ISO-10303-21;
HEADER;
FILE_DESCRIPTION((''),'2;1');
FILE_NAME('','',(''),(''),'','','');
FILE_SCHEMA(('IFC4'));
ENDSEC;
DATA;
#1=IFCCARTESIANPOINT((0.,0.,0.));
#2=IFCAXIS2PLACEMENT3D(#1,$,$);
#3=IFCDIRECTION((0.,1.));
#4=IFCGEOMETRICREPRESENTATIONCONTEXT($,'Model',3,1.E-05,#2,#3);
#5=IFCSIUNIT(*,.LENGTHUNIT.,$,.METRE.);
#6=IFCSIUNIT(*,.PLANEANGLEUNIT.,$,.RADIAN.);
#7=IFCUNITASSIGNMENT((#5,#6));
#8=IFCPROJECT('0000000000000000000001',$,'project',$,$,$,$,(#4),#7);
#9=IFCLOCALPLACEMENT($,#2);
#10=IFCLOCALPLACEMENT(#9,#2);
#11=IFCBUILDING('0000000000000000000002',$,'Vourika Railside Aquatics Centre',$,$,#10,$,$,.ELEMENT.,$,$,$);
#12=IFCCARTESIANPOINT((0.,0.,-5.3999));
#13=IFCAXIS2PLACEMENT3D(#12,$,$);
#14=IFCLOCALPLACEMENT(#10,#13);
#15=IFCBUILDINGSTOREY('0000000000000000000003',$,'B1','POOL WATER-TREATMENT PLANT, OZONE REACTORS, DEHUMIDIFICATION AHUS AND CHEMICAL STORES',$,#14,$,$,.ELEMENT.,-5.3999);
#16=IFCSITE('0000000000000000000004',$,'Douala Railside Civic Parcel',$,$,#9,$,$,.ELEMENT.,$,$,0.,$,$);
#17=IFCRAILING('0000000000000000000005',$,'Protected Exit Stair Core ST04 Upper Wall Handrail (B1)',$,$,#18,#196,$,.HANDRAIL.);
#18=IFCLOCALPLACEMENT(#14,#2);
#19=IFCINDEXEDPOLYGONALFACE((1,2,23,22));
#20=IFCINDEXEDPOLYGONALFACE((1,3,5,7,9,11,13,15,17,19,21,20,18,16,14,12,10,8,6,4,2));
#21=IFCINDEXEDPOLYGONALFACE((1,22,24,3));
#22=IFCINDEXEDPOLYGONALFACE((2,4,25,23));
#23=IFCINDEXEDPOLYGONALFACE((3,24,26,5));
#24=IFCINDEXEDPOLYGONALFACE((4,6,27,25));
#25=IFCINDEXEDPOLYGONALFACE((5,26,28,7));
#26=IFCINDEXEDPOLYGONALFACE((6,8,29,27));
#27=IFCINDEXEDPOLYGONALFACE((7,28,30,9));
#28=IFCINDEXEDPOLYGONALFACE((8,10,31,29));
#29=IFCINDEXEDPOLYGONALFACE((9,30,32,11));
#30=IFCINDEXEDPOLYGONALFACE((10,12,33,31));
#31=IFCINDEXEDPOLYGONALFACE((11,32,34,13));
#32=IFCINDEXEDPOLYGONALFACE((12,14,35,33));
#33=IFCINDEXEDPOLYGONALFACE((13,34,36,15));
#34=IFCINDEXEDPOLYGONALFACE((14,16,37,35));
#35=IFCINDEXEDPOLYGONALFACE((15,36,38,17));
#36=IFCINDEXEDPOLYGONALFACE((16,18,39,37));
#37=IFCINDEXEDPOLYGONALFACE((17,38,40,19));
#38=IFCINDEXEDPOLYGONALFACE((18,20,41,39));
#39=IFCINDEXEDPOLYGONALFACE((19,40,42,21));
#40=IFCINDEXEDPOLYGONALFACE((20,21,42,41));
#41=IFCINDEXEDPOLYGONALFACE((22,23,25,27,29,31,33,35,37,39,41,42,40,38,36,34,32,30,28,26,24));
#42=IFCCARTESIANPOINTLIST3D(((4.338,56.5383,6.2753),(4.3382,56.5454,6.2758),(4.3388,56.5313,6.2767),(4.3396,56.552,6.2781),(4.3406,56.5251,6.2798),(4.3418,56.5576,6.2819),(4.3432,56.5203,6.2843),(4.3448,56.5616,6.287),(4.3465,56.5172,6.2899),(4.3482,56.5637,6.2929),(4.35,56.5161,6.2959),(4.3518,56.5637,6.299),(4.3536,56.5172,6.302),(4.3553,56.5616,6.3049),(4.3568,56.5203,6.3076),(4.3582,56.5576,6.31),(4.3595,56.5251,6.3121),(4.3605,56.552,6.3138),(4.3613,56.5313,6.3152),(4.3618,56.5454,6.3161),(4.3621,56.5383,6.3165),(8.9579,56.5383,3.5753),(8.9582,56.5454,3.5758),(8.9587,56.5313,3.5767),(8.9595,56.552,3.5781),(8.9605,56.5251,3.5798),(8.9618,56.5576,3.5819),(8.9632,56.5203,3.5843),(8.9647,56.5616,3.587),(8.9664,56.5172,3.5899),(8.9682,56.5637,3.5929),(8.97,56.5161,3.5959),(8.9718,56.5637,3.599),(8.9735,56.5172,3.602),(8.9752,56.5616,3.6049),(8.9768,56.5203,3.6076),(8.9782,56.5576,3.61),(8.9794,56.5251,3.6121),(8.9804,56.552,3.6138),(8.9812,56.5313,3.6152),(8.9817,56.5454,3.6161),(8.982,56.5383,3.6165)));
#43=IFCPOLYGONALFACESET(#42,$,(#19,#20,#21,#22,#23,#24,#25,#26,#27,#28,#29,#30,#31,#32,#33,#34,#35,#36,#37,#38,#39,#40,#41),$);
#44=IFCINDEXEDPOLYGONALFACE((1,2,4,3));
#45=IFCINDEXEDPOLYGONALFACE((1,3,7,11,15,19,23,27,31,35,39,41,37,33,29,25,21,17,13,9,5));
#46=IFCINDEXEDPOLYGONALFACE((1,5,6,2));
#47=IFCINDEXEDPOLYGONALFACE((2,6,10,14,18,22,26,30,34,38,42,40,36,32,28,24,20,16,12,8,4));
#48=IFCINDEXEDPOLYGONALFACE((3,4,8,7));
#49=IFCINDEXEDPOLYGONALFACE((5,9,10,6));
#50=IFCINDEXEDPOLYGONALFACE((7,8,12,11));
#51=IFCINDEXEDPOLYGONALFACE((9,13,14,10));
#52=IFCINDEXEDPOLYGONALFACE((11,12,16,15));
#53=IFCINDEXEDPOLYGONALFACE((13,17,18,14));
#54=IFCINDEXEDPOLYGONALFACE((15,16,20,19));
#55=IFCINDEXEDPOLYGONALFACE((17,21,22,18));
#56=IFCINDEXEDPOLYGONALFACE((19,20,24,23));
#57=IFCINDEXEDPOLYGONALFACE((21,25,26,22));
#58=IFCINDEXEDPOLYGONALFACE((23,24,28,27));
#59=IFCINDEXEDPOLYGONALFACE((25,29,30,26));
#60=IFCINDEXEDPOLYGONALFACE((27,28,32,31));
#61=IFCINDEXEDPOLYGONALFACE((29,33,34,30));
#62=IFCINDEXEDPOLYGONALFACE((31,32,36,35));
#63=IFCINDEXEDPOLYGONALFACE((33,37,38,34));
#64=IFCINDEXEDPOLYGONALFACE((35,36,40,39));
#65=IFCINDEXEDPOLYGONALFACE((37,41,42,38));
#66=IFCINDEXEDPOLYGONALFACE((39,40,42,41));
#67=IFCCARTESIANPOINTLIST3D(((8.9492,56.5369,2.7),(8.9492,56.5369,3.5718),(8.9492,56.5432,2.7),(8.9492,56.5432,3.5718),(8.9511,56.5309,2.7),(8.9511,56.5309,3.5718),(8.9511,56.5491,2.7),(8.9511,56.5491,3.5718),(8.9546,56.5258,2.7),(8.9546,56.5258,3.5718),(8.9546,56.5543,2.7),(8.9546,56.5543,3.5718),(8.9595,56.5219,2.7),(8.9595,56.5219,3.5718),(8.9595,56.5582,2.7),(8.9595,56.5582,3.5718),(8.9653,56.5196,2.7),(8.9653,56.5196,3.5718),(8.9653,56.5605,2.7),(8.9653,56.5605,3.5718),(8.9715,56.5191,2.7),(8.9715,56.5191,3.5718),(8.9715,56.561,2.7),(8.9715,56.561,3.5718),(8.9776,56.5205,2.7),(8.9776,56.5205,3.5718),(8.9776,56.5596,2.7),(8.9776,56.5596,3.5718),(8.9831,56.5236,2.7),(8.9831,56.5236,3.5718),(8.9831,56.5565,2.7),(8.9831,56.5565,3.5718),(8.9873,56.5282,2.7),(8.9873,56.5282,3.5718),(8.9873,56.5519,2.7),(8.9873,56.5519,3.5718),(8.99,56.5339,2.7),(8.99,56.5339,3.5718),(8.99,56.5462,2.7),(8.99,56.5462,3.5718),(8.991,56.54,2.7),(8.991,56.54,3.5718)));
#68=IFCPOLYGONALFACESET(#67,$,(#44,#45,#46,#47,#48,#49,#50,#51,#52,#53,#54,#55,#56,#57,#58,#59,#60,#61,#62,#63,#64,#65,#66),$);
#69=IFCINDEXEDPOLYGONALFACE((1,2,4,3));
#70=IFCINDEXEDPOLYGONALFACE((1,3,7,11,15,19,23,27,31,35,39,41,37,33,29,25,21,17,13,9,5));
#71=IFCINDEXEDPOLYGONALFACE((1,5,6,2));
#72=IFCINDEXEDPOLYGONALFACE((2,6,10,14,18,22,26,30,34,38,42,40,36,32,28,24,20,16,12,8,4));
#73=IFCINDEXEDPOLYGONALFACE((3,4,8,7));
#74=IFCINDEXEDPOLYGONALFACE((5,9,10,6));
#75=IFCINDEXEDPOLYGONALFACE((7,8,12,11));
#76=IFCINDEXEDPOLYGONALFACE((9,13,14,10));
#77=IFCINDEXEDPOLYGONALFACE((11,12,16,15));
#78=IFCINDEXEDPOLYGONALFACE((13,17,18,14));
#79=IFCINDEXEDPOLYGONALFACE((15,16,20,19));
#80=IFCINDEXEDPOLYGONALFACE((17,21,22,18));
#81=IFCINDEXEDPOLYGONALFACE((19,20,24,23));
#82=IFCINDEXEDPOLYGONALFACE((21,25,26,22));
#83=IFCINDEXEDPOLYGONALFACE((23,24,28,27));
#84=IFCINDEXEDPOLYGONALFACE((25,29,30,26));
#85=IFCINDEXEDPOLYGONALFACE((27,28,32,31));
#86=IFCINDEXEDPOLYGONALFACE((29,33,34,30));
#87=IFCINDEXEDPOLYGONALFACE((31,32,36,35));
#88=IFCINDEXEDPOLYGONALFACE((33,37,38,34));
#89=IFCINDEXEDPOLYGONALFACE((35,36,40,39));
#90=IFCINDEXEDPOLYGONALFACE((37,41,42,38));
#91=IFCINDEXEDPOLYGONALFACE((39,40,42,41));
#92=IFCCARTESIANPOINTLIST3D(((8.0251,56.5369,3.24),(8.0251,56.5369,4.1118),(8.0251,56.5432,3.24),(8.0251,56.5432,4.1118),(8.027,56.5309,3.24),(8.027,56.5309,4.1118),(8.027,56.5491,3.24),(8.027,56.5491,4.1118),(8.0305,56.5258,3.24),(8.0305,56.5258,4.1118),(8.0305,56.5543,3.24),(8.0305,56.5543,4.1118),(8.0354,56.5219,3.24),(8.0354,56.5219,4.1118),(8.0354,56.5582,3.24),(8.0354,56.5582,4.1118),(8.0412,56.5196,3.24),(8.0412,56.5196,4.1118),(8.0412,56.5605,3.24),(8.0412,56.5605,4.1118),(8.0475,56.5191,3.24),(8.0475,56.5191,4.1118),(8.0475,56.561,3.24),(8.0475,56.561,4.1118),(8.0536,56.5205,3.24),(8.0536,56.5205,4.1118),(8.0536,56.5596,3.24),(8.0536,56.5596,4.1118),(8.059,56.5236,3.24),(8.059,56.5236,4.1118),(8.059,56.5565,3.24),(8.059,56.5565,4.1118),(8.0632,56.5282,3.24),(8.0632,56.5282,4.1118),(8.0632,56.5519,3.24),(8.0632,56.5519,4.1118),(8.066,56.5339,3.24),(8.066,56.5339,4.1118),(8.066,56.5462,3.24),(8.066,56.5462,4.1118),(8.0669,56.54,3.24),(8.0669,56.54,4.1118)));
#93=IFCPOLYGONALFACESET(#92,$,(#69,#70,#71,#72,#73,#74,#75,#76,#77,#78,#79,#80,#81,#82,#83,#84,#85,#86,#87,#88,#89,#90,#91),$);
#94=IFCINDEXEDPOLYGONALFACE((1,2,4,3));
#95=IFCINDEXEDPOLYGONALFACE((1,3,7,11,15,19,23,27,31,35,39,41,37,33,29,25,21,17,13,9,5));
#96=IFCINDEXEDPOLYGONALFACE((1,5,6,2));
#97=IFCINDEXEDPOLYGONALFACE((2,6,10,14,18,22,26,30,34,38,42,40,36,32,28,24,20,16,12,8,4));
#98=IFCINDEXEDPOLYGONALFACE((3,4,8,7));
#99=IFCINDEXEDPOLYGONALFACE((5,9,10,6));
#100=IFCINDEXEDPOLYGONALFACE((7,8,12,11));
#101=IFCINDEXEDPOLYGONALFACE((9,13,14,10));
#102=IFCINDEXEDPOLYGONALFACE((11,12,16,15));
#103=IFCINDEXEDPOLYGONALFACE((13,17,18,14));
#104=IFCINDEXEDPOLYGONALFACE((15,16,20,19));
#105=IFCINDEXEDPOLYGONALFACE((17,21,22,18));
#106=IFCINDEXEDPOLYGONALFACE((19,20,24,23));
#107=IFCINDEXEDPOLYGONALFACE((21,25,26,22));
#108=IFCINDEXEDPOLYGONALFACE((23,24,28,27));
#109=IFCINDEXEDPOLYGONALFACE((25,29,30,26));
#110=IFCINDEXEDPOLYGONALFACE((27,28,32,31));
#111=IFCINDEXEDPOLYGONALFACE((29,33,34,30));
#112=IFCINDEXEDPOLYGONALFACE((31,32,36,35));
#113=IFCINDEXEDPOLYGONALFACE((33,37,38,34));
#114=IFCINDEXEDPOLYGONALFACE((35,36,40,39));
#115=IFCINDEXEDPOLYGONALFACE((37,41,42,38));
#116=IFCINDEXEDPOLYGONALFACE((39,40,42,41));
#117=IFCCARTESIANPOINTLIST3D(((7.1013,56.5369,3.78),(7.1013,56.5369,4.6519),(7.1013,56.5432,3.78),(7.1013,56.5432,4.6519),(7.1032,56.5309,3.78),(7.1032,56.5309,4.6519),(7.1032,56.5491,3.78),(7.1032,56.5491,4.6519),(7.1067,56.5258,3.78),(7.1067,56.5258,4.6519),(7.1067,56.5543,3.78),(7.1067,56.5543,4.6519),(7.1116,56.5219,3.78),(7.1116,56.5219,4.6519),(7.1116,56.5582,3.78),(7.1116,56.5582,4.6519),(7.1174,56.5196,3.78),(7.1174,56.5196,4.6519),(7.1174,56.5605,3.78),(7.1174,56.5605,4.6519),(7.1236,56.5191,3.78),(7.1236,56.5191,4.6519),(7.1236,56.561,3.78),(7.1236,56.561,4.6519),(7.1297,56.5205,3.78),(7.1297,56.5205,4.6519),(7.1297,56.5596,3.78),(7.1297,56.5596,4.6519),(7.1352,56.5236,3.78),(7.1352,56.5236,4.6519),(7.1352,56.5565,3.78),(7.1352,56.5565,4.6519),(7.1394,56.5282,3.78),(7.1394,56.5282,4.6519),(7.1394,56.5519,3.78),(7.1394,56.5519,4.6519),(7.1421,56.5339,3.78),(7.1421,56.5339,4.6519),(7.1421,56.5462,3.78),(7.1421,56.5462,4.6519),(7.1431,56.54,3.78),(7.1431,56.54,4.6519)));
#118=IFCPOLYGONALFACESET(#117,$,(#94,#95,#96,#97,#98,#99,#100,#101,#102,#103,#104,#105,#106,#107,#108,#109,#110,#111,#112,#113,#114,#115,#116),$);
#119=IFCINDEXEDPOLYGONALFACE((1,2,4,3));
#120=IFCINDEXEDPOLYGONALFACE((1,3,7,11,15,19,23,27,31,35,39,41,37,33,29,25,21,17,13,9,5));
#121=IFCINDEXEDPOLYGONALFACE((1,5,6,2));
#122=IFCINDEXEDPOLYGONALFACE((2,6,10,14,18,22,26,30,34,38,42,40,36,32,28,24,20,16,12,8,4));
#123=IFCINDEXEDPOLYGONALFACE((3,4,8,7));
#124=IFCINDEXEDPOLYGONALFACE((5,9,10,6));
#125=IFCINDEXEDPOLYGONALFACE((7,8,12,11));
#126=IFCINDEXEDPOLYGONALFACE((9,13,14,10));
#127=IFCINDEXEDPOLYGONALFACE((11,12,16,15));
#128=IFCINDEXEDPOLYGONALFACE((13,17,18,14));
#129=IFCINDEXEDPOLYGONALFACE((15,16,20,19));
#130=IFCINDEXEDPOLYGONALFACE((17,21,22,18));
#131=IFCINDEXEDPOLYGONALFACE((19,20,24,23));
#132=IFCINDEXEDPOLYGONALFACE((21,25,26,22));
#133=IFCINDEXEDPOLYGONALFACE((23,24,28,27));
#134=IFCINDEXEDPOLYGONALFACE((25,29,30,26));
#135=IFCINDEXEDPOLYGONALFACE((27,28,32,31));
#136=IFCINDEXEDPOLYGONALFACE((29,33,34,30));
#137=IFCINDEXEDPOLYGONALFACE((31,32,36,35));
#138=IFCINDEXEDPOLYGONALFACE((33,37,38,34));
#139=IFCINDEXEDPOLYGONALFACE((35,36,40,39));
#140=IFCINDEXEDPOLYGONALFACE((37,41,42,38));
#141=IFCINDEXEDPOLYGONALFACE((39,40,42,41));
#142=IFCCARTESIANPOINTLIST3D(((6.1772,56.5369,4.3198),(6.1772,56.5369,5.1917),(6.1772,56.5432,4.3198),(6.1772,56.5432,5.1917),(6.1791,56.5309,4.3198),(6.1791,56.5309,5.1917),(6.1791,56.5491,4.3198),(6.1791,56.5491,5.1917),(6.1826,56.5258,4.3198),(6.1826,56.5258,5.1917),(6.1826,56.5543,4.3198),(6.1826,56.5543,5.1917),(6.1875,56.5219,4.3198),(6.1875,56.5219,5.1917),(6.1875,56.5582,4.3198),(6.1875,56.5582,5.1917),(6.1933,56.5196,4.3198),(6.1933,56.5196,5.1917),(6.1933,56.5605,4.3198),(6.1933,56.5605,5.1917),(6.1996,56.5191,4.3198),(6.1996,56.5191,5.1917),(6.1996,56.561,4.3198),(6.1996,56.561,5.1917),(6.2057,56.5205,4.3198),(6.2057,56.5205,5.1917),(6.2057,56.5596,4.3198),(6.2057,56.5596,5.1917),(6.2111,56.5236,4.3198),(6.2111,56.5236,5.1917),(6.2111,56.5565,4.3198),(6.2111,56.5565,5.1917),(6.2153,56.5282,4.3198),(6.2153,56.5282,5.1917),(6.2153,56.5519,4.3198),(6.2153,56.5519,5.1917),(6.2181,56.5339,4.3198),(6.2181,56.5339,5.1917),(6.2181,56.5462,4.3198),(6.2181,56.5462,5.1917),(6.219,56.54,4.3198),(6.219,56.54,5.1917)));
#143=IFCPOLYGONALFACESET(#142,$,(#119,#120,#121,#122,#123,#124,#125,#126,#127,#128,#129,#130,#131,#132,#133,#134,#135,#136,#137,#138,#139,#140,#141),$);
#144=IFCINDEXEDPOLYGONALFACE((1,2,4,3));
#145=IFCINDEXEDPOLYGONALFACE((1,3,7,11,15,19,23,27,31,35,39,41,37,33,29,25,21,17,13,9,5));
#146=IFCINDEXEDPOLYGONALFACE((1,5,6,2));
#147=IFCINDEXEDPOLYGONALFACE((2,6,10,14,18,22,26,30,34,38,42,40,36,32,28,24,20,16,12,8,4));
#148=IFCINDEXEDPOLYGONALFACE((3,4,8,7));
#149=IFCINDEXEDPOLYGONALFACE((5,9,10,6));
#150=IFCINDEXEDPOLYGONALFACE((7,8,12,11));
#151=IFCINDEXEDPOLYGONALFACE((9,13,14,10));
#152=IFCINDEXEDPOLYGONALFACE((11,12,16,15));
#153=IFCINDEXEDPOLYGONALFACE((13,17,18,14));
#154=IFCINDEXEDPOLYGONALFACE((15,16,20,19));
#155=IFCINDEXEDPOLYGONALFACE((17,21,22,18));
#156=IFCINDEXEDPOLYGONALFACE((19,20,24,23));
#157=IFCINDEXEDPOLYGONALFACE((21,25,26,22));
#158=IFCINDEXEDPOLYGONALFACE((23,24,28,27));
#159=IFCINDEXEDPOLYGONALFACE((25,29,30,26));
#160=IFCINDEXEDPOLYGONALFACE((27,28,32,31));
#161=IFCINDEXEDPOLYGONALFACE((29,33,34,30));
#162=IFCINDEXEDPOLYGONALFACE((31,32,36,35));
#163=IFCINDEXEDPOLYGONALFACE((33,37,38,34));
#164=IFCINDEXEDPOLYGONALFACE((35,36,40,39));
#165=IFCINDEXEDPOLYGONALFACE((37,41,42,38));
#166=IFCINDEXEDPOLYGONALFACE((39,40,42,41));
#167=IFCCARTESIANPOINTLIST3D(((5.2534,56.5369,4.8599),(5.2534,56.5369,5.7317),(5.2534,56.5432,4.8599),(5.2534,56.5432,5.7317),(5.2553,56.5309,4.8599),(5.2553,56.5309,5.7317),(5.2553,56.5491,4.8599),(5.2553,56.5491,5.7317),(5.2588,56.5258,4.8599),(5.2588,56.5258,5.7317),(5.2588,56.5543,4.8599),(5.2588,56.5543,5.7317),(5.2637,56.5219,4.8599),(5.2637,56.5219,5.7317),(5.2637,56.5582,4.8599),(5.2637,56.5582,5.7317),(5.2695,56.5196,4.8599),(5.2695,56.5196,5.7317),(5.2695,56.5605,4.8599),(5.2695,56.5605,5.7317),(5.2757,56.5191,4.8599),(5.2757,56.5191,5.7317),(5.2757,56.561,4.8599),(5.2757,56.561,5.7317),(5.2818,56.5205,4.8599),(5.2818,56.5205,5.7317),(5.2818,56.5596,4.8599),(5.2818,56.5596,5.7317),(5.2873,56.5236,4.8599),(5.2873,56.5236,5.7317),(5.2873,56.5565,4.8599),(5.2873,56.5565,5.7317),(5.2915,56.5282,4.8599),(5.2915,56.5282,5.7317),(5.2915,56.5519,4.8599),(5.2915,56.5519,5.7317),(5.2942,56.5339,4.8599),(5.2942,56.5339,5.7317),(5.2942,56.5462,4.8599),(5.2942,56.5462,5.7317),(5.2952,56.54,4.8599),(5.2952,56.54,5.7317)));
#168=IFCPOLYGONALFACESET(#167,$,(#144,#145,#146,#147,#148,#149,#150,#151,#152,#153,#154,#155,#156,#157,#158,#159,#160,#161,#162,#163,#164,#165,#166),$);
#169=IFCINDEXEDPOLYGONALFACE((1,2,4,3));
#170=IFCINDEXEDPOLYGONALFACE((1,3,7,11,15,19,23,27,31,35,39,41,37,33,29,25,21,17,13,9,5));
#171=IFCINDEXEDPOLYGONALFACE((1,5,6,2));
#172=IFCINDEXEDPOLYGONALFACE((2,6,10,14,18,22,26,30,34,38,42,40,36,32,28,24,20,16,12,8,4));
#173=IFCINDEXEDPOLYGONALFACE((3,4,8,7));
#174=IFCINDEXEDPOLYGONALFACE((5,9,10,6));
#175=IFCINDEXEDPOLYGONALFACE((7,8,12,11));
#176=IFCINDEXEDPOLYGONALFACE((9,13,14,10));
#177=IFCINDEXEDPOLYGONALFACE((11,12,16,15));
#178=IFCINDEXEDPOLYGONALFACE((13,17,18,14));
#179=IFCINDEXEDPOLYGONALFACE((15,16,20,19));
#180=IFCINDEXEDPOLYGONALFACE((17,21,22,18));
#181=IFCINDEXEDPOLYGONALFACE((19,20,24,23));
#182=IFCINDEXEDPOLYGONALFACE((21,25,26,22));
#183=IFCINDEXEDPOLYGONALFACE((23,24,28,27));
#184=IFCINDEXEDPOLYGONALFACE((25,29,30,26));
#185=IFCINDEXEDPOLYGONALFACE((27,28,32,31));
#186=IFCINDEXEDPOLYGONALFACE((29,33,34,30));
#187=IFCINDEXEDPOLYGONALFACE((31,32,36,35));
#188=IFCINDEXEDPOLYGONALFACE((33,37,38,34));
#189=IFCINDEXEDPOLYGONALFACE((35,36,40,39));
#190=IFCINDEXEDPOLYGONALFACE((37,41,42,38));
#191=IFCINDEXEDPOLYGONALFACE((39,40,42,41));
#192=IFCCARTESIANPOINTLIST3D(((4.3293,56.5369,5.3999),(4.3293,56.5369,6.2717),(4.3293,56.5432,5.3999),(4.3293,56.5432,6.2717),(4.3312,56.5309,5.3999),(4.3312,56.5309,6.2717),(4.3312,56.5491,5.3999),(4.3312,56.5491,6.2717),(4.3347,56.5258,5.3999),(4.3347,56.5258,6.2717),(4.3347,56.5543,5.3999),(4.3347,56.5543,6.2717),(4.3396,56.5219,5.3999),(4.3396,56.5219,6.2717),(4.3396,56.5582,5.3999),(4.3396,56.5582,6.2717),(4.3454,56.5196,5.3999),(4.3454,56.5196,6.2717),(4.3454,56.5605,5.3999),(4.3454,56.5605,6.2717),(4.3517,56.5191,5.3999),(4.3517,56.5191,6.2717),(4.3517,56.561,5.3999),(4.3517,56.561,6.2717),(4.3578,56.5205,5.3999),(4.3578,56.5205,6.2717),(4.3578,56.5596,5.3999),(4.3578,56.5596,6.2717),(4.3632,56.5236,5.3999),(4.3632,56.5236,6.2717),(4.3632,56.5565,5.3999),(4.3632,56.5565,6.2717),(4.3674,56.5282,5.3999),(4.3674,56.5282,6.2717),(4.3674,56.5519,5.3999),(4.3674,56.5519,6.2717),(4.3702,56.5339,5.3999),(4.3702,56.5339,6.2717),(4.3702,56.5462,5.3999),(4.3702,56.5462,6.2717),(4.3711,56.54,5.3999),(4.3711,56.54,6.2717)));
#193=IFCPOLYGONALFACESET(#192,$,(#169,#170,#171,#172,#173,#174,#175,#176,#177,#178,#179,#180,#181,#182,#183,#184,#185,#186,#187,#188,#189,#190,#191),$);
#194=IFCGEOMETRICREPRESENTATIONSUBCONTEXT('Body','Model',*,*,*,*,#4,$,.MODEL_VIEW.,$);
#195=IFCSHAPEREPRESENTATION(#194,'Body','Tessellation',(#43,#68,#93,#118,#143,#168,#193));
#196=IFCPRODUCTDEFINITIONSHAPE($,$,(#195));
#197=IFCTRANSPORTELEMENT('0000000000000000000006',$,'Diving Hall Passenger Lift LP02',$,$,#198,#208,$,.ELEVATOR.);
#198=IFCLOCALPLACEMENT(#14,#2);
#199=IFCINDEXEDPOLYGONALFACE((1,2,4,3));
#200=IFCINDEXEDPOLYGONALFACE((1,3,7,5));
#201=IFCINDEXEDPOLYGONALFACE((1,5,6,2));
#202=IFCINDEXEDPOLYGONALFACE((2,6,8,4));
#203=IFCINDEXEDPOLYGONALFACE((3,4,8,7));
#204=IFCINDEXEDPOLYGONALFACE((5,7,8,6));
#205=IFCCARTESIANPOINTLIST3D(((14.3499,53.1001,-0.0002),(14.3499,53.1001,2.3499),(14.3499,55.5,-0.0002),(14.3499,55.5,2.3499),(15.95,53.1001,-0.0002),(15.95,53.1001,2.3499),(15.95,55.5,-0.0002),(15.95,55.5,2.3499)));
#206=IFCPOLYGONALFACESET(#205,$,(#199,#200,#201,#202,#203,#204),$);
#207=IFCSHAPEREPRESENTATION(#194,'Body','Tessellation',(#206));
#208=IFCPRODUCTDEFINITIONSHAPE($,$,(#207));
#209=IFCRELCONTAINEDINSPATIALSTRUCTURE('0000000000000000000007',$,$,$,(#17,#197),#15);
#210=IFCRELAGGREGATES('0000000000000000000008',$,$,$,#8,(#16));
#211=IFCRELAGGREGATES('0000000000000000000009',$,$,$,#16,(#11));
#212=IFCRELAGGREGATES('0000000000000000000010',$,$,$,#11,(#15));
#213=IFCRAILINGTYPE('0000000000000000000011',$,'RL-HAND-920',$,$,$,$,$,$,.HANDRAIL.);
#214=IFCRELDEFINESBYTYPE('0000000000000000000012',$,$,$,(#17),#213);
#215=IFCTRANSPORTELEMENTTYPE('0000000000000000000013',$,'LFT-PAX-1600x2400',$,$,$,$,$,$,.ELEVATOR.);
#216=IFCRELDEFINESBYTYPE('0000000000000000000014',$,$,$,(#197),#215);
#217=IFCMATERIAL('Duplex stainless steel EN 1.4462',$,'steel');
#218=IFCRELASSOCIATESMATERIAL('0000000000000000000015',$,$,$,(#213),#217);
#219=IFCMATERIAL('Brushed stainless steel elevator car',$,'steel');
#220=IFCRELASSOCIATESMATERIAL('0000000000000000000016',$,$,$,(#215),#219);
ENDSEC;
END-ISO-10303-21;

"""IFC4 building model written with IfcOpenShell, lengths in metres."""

from ifc_helpers import new_model, si_unit, direction, frame, origin, origin_2d, place, context, subcontext, project, spatial, rectangle, circle, extrude, material, type_object, element, save


model = new_model("IFC4")

# Units and contexts
model_context = context("Model", 3, precision=1e-05, world=origin(), true_north=direction((0.0, 1.0)))
body_context = subcontext(model_context, "Body", "Model", "MODEL_VIEW")
ifc_project = project(units=[si_unit("LENGTHUNIT", "METRE"), si_unit("PLANEANGLEUNIT", "RADIAN")], contexts=[model_context])

# Site, building, storey
site_placement = place(None, origin())
site = spatial("IfcSite", under=ifc_project, at=site_placement, Name="Douala Railside Civic Parcel", CompositionType="ELEMENT", RefElevation=0.0)
building_placement = place(site_placement, origin())
building = spatial("IfcBuilding", under=site, at=building_placement, Name="Vourika Railside Aquatics Centre", CompositionType="ELEMENT")
storey_placement = place(building_placement, frame((0.0, 0.0, -5.3999)))
storey = spatial("IfcBuildingStorey", under=building, at=storey_placement, Name="B1", Description="POOL WATER-TREATMENT PLANT, OZONE REACTORS, DEHUMIDIFICATION AHUS AND CHEMICAL STORES", CompositionType="ELEMENT", Elevation=-5.3999)

# Railing
ifc_material_1 = material(Name="Duplex stainless steel EN 1.4462", Category="steel")
railing_type_1 = type_object("IfcRailingType", Name="RL-HAND-920", PredefinedType="HANDRAIL", material=ifc_material_1)
railing_1_placement = place(storey_placement, frame((8.97, 56.54, 2.7)))
element("IfcRailing", 1, at=railing_1_placement, inside=storey, type_object=railing_type_1, Name="Protected Exit Stair Core ST04 Upper Wall Handrail (B1)", PredefinedType="HANDRAIL", context=body_context, shape_type="SweptSolid", body=[
    extrude(circle(Radius=0.0239, at=origin_2d()), frame((0.0, 0.0, 0.896), z_axis=(-0.86337, 0.0, 0.504572), x_axis=(0.0, -1.0, 0.0)), (0.0, 0.0, 1.0), 5.3511),
    extrude(circle(Radius=0.021, at=origin_2d()), origin(), (0.0, 0.0, 1.0), 0.8718),
    extrude(circle(Radius=0.021, at=origin_2d()), frame((-0.9241, 0.0, 0.54)), (0.0, 0.0, 1.0), 0.8718),
    extrude(circle(Radius=0.021, at=origin_2d()), frame((-1.8479, 0.0, 1.0801)), (0.0, 0.0, 1.0), 0.8718),
    extrude(circle(Radius=0.021, at=origin_2d()), frame((-2.772, 0.0, 1.6199)), (0.0, 0.0, 1.0), 0.8718),
    extrude(circle(Radius=0.021, at=origin_2d()), frame((-3.6958, 0.0, 2.1599)), (0.0, 0.0, 1.0), 0.8718),
    extrude(circle(Radius=0.021, at=origin_2d()), frame((-4.6199, 0.0, 2.7)), (0.0, 0.0, 1.0), 0.8718),
])

# Transport element
ifc_material_2 = material(Name="Brushed stainless steel elevator car", Category="steel")
transport_element_type = type_object("IfcTransportElementType", Name="LFT-PAX-1600x2400", PredefinedType="ELEVATOR", material=ifc_material_2)
transport_element_placement = place(storey_placement, frame((15.1499, 54.3, -0.0002), z_axis=(0.0, 0.0, 1.0), x_axis=(1.0, 0.0, 0.0)))
element("IfcTransportElement", 2, at=transport_element_placement, inside=storey, type_object=transport_element_type, Name="Diving Hall Passenger Lift LP02", PredefinedType="ELEVATOR", context=body_context, shape_type="SweptSolid", body=[
    extrude(rectangle(XDim=1.6001, YDim=2.3999, at=origin_2d()), origin(), (0.0, 0.0, 1.0), 2.3501),
])

save(model, "model.ifc")
